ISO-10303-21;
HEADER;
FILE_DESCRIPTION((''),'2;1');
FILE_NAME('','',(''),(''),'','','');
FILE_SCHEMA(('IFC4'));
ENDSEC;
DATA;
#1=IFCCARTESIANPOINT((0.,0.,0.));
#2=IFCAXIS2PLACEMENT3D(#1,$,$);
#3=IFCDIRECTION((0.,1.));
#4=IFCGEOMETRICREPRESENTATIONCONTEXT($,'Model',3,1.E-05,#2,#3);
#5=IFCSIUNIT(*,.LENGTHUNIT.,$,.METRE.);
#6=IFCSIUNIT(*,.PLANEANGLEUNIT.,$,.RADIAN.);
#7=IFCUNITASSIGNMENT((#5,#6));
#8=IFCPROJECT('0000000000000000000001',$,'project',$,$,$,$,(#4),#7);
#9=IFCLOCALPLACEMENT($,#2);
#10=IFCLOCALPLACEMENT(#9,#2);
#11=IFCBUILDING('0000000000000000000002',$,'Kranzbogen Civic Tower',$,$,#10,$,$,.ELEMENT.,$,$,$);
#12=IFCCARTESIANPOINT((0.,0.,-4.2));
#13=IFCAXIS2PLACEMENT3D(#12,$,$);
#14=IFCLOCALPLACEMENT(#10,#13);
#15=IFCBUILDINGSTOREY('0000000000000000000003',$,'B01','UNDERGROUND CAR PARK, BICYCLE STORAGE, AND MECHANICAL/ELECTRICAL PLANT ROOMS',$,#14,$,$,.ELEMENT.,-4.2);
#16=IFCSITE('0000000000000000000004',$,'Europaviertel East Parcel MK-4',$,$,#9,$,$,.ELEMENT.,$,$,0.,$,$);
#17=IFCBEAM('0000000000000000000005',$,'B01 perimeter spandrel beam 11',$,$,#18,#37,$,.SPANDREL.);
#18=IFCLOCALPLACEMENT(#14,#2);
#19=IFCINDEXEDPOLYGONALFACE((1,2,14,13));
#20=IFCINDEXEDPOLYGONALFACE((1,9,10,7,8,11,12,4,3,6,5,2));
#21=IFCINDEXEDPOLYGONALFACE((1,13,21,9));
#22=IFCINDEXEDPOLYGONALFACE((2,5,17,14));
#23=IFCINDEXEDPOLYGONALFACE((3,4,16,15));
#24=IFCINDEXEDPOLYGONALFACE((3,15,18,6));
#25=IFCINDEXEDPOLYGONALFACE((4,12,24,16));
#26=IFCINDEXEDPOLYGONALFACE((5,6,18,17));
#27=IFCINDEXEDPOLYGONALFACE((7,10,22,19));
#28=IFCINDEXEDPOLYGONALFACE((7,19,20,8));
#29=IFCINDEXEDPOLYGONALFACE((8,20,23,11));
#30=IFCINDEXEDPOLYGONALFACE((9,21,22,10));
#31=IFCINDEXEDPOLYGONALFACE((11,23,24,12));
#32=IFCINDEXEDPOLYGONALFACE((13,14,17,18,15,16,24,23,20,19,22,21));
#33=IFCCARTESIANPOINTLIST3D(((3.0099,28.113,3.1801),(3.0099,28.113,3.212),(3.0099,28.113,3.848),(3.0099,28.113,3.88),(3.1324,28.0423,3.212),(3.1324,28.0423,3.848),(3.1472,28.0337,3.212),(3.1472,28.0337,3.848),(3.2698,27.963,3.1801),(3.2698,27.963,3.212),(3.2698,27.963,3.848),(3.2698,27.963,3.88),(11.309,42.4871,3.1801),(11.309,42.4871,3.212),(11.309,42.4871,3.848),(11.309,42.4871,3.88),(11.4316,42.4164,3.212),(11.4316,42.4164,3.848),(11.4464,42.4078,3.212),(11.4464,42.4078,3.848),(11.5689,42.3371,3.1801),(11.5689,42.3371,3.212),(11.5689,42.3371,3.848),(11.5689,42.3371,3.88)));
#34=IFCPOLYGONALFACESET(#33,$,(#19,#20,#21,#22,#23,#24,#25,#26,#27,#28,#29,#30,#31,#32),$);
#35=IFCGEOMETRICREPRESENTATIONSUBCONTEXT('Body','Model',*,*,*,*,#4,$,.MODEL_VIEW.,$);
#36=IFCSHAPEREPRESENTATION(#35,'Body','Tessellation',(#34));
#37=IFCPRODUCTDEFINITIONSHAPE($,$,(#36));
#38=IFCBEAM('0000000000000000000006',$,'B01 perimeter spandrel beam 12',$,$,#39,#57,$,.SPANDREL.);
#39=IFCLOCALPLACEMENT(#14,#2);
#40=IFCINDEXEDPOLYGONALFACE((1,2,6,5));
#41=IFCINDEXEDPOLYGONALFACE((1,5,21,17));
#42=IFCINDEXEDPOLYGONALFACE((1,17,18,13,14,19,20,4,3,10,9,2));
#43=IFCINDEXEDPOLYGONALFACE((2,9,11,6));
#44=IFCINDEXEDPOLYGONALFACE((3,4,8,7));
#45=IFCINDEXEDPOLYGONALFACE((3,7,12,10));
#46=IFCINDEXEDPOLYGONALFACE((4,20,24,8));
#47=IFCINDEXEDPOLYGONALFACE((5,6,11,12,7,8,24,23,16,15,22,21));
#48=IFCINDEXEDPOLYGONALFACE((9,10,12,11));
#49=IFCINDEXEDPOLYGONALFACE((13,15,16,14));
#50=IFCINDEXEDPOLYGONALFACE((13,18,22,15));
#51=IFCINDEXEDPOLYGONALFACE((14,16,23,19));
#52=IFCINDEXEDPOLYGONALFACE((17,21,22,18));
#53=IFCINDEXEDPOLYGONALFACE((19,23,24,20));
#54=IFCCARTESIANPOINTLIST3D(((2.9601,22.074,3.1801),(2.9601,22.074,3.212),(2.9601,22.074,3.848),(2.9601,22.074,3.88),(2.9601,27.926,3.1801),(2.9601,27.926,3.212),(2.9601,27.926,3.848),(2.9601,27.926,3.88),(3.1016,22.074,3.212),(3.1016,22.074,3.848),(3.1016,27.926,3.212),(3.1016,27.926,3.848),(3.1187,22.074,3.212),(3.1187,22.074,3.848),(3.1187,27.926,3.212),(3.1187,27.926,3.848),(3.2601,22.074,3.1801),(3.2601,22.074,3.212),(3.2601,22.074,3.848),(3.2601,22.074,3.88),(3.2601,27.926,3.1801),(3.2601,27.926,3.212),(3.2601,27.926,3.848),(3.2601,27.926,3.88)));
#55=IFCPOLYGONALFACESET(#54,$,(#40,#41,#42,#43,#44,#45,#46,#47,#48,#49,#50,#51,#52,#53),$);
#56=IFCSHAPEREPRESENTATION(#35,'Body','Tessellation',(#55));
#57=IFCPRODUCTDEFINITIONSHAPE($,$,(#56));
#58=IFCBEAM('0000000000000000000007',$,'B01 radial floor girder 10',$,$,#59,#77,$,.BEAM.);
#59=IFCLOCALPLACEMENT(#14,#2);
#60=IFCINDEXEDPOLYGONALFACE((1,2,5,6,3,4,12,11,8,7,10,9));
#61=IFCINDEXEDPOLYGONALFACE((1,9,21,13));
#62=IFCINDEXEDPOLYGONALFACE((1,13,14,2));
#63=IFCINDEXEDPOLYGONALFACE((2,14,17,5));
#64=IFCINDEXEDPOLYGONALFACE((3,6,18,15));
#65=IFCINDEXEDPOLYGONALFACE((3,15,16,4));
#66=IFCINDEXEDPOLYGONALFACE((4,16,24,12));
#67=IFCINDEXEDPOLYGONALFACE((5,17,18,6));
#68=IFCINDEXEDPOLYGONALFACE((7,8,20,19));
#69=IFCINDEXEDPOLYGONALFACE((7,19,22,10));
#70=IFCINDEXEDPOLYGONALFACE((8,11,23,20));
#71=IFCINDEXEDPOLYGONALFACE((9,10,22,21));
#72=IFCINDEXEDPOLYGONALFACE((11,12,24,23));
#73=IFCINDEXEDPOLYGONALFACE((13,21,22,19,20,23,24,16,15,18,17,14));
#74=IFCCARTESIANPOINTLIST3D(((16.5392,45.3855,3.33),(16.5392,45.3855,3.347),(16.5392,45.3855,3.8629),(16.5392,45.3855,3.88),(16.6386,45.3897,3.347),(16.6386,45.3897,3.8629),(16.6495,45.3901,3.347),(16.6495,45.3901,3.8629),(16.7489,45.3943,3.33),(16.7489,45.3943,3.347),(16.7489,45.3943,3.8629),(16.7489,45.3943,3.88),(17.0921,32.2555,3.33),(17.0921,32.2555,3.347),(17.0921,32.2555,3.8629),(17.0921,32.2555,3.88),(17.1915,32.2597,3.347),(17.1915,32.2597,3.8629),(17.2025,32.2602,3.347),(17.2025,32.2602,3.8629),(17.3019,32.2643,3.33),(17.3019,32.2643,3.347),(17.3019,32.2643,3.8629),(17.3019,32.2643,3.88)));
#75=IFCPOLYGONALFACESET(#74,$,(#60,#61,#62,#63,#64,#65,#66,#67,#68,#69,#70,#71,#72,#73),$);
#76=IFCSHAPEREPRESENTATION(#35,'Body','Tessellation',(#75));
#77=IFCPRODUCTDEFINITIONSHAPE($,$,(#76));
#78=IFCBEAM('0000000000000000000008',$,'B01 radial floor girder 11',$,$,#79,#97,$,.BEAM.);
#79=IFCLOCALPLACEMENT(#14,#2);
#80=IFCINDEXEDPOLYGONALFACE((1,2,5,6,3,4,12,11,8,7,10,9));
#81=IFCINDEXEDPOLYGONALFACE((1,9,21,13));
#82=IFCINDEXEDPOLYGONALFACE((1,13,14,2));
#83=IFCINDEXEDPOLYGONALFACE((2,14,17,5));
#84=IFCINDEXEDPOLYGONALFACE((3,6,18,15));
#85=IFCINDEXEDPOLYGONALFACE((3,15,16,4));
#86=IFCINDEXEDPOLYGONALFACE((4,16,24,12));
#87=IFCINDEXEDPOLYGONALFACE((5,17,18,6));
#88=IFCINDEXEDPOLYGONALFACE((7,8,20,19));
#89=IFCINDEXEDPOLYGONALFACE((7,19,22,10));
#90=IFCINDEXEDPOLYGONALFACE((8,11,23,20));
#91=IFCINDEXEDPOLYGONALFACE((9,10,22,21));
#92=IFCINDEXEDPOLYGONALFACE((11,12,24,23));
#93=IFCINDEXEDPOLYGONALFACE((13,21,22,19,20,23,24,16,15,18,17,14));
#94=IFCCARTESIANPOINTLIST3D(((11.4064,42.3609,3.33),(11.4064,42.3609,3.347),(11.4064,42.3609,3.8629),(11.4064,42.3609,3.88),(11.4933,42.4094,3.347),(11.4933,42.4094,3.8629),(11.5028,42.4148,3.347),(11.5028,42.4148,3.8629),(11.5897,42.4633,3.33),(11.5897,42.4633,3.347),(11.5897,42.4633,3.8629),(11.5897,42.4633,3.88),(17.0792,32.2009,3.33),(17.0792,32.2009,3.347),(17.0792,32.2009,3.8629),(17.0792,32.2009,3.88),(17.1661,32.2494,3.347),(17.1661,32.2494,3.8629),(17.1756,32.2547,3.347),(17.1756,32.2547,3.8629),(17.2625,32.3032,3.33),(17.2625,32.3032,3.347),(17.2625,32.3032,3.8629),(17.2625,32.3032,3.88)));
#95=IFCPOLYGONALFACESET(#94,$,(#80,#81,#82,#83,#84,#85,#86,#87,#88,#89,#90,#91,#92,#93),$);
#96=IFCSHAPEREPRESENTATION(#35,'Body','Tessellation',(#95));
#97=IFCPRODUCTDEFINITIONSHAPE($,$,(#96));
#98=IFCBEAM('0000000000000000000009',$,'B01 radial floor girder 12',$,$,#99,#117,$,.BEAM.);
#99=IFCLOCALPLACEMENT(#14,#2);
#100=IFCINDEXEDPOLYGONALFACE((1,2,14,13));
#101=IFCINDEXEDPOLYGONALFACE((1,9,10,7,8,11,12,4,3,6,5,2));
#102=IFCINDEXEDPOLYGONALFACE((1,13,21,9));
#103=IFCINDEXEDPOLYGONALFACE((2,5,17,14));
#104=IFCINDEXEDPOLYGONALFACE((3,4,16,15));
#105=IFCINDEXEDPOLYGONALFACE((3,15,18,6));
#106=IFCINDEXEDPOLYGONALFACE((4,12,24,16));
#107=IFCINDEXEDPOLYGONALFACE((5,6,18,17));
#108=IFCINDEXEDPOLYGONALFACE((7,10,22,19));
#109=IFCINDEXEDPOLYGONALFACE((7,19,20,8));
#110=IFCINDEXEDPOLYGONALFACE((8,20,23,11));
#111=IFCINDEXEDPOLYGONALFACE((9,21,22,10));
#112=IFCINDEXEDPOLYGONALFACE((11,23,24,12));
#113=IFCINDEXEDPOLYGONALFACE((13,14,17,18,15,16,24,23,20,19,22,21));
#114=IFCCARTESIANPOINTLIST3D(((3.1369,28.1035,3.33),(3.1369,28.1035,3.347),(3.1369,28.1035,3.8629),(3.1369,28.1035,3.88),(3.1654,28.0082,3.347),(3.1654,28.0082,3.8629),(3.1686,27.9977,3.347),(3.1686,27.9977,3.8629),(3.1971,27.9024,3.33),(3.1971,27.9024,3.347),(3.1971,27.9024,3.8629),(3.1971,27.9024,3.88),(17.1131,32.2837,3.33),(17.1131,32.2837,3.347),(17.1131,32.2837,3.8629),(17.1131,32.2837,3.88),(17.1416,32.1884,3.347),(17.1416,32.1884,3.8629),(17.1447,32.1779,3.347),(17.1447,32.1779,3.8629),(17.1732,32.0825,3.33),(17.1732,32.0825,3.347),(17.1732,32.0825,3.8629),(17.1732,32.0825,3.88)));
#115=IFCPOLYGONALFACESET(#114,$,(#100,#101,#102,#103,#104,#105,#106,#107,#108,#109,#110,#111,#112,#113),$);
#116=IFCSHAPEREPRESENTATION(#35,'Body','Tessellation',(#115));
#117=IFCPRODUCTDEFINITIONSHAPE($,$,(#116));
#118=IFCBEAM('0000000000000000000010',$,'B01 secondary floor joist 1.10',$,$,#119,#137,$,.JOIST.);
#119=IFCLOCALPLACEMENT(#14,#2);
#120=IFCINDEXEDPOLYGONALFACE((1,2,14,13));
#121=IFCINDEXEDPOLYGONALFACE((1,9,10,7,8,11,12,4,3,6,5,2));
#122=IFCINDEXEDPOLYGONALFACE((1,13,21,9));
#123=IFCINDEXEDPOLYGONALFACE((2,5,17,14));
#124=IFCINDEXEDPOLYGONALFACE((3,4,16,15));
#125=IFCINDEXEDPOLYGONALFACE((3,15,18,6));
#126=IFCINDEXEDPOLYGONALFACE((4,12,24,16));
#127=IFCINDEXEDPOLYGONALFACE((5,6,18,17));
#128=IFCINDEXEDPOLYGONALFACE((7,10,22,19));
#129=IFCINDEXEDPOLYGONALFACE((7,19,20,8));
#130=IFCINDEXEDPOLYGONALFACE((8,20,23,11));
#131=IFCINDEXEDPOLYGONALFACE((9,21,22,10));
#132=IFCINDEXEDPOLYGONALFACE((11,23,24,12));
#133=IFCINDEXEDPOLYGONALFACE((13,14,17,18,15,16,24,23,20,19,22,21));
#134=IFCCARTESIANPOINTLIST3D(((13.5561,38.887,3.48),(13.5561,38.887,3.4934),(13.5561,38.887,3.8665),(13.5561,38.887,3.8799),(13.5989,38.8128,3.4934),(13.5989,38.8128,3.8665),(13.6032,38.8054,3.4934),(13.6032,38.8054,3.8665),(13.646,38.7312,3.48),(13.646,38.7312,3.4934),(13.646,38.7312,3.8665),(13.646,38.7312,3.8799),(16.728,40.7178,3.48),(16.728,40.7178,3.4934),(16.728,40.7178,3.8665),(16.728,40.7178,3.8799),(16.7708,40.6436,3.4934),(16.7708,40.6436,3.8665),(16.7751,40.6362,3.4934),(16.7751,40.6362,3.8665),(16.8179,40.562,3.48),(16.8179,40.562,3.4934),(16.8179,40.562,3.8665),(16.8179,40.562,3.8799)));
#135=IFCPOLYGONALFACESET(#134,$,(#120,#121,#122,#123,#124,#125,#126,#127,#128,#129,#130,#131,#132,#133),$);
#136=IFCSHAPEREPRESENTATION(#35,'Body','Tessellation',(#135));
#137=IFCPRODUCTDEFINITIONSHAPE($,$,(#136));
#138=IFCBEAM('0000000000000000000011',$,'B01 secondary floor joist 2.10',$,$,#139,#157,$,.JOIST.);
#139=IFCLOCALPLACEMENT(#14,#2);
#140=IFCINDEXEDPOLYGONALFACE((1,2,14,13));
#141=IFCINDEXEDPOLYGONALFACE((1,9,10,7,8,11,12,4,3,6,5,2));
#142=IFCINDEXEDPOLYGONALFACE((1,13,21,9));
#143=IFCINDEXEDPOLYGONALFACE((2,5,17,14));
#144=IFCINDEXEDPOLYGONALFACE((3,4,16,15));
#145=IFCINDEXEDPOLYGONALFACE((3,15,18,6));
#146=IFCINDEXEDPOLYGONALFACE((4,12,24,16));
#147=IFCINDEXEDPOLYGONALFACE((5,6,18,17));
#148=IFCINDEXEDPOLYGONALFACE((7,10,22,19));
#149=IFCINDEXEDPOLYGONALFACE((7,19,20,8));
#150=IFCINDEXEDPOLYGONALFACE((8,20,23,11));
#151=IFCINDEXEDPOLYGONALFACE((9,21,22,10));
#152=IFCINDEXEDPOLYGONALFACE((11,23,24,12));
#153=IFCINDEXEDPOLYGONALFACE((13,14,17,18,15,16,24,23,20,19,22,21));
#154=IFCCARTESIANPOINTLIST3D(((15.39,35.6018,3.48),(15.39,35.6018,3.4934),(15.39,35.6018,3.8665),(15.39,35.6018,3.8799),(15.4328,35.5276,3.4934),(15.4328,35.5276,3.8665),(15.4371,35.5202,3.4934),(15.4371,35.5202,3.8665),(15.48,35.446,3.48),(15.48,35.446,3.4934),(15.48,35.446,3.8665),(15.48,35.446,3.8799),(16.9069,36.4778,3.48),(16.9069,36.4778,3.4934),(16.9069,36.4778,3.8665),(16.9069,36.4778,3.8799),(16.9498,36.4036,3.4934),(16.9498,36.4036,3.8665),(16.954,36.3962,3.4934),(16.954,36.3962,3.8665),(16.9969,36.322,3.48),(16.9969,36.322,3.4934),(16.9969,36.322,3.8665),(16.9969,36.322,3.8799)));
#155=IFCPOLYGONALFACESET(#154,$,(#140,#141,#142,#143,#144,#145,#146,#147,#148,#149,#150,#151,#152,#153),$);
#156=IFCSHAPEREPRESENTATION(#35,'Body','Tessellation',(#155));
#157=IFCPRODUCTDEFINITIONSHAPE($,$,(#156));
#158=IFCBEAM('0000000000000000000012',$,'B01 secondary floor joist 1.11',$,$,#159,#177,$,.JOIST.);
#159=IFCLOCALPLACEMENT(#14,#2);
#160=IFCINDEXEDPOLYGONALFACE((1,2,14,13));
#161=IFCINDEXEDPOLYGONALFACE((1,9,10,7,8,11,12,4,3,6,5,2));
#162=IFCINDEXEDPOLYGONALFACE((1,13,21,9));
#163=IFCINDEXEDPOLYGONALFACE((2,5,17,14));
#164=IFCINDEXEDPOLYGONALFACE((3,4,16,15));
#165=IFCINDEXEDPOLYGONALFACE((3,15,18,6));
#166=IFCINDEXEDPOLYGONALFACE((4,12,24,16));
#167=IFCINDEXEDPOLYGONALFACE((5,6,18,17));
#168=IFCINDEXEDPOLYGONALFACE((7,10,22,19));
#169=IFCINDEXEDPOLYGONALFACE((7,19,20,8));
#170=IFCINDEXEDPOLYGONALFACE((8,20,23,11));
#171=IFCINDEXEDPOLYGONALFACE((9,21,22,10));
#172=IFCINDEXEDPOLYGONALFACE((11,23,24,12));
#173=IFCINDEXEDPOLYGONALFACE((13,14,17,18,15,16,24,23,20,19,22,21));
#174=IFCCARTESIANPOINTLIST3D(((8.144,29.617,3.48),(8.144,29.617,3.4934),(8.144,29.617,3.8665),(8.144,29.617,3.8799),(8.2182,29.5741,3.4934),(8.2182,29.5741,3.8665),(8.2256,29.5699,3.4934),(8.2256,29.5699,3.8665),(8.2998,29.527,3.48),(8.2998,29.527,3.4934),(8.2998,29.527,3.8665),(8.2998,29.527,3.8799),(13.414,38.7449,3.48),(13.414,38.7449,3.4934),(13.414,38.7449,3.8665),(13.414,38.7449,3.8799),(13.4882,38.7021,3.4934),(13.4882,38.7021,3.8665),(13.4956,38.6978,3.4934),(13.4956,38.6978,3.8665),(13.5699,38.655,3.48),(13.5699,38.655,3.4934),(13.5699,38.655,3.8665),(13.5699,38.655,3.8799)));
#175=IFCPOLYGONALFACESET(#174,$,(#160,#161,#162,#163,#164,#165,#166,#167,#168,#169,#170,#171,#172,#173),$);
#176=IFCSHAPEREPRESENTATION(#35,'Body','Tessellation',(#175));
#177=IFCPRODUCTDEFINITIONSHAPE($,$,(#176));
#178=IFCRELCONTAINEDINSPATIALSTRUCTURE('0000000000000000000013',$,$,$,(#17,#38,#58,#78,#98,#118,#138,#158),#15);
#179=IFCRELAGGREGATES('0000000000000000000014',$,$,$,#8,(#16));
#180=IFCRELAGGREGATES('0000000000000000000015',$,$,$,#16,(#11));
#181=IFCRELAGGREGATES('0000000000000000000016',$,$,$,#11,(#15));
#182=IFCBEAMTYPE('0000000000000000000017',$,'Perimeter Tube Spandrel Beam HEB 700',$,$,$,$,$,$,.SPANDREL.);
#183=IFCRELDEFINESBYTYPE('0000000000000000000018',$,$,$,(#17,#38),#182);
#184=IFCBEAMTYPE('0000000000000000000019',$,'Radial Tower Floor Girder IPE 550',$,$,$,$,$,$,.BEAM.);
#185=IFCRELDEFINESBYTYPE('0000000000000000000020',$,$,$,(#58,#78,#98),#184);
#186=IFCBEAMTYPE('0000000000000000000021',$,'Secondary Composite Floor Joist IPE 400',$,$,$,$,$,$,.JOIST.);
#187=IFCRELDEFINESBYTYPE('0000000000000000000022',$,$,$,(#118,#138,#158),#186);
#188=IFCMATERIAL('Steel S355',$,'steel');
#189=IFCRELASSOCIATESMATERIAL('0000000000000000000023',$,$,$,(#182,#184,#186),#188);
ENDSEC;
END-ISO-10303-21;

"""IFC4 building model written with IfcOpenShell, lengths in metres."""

from ifc_helpers import new_model, si_unit, direction, frame, origin, origin_2d, place, context, subcontext, project, spatial, i_section, extrude, material, material_profile, profile_set, type_object, element, save


model = new_model("IFC4")

# Units and contexts
model_context = context("Model", 3, precision=1e-05, world=origin(), true_north=direction((0.0, 1.0)))
body_context = subcontext(model_context, "Body", "Model", "MODEL_VIEW")
ifc_project = project(units=[si_unit("LENGTHUNIT", "METRE"), si_unit("PLANEANGLEUNIT", "RADIAN")], contexts=[model_context])

# Site, building, storey
site_placement = place(None, origin())
site = spatial("IfcSite", under=ifc_project, at=site_placement, Name="Europaviertel East Parcel MK-4", CompositionType="ELEMENT", RefElevation=0.0)
building_placement = place(site_placement, origin())
building = spatial("IfcBuilding", under=site, at=building_placement, Name="Kranzbogen Civic Tower", CompositionType="ELEMENT")
storey_placement = place(building_placement, frame((0.0, 0.0, -4.2)))
storey = spatial("IfcBuildingStorey", under=building, at=storey_placement, Name="B01", Description="UNDERGROUND CAR PARK, BICYCLE STORAGE, AND MECHANICAL/ELECTRICAL PLANT ROOMS", CompositionType="ELEMENT", Elevation=-4.2)

# Beams
ifc_material_1 = material(Name="Steel S355", Category="steel")
ifc_material_profile_1 = material_profile(ifc_material_1, i_section(OverallWidth=0.3, OverallDepth=0.7, WebThickness=0.0171, FlangeThickness=0.032, at=origin_2d()), Name="HEB 700")
ifc_profile_set_1 = profile_set([ifc_material_profile_1], Name="Steel S355")
beam_type_1 = type_object("IfcBeamType", Name="Perimeter Tube Spandrel Beam HEB 700", PredefinedType="SPANDREL", material=ifc_profile_set_1)
beam_1_placement = place(storey_placement, frame((11.439, 42.4121, 3.53), z_axis=(-0.50001, -0.86602, 0.0), x_axis=(0.86602, -0.50001, 0.0)))
element("IfcBeam", 1, at=beam_1_placement, inside=storey, type_object=beam_type_1, Name="B01 perimeter spandrel beam 11", PredefinedType="SPANDREL", context=body_context, shape_type="SweptSolid", body=[
    extrude(i_section(OverallWidth=0.3, OverallDepth=0.7, WebThickness=0.0171, FlangeThickness=0.032, at=origin_2d()), origin(), (0.0, 0.0, 1.0), 16.5979),
])
beam_2_placement = place(storey_placement, frame((3.1101, 27.926, 3.53), z_axis=(0.0, -1.0, 0.0), x_axis=(1.0, 0.0, 0.0)))
element("IfcBeam", 2, at=beam_2_placement, inside=storey, type_object=beam_type_1, Name="B01 perimeter spandrel beam 12", PredefinedType="SPANDREL", context=body_context, shape_type="SweptSolid", body=[
    extrude(i_section(OverallWidth=0.3, OverallDepth=0.7, WebThickness=0.0171, FlangeThickness=0.032, at=origin_2d()), origin(), (0.0, 0.0, 1.0), 5.8521),
])
ifc_material_profile_2 = material_profile(ifc_material_1, i_section(OverallWidth=0.21, OverallDepth=0.55, WebThickness=0.011, FlangeThickness=0.0171, at=origin_2d()), Name="IPE 550")
ifc_profile_set_2 = profile_set([ifc_material_profile_2], Name="Steel S355")
beam_type_2 = type_object("IfcBeamType", Name="Radial Tower Floor Girder IPE 550", PredefinedType="BEAM", material=ifc_profile_set_2)
beam_3_placement = place(storey_placement, frame((16.644, 45.3899, 3.605), z_axis=(0.042079, -0.999114, 0.0), x_axis=(0.999114, 0.042079, 0.0)))
element("IfcBeam", 3, at=beam_3_placement, inside=storey, type_object=beam_type_2, Name="B01 radial floor girder 10", PredefinedType="BEAM", context=body_context, shape_type="SweptSolid", body=[
    extrude(i_section(OverallWidth=0.21, OverallDepth=0.55, WebThickness=0.011, FlangeThickness=0.0171, at=origin_2d()), origin(), (0.0, 0.0, 1.0), 13.1416),
])
beam_4_placement = place(storey_placement, frame((11.498, 42.4121, 3.605), z_axis=(0.487502, -0.873122, 0.0), x_axis=(0.873122, 0.487502, 0.0)))
element("IfcBeam", 4, at=beam_4_placement, inside=storey, type_object=beam_type_2, Name="B01 radial floor girder 11", PredefinedType="BEAM", context=body_context, shape_type="SweptSolid", body=[
    extrude(i_section(OverallWidth=0.21, OverallDepth=0.55, WebThickness=0.011, FlangeThickness=0.0171, at=origin_2d()), origin(), (0.0, 0.0, 1.0), 11.6365),
])
beam_5_placement = place(storey_placement, frame((3.167, 28.0029, 3.605), z_axis=(0.958065, 0.286552, 0.0), x_axis=(-0.286552, 0.958065, 0.0)))
element("IfcBeam", 5, at=beam_5_placement, inside=storey, type_object=beam_type_2, Name="B01 radial floor girder 12", PredefinedType="BEAM", context=body_context, shape_type="SweptSolid", body=[
    extrude(i_section(OverallWidth=0.21, OverallDepth=0.55, WebThickness=0.011, FlangeThickness=0.0171, at=origin_2d()), origin(), (0.0, 0.0, 1.0), 14.5879),
])
ifc_material_profile_3 = material_profile(ifc_material_1, i_section(OverallWidth=0.1799, OverallDepth=0.3999, WebThickness=0.0085, FlangeThickness=0.0134, at=origin_2d()), Name="IPE 400")
ifc_profile_set_3 = profile_set([ifc_material_profile_3], Name="Steel S355")
beam_type_3 = type_object("IfcBeamType", Name="Secondary Composite Floor Joist IPE 400", PredefinedType="JOIST", material=ifc_profile_set_3)
beam_6_placement = place(storey_placement, frame((16.7729, 40.6399, 3.6799), z_axis=(-0.866081, -0.499903, 0.0), x_axis=(0.499903, -0.866081, 0.0)))
element("IfcBeam", 6, at=beam_6_placement, inside=storey, type_object=beam_type_3, Name="B01 secondary floor joist 1.10", PredefinedType="JOIST", context=body_context, shape_type="SweptSolid", body=[
    extrude(i_section(OverallWidth=0.1799, OverallDepth=0.3999, WebThickness=0.0085, FlangeThickness=0.0134, at=origin_2d()), origin(), (0.0, 0.0, 1.0), 3.6624),
])
beam_7_placement = place(storey_placement, frame((16.9519, 36.3999, 3.6799), z_axis=(-0.86597, -0.500096, 0.0), x_axis=(0.500096, -0.86597, 0.0)))
element("IfcBeam", 7, at=beam_7_placement, inside=storey, type_object=beam_type_3, Name="B01 secondary floor joist 2.10", PredefinedType="JOIST", context=body_context, shape_type="SweptSolid", body=[
    extrude(i_section(OverallWidth=0.1799, OverallDepth=0.3999, WebThickness=0.0085, FlangeThickness=0.0134, at=origin_2d()), origin(), (0.0, 0.0, 1.0), 1.7517),
])
beam_8_placement = place(storey_placement, frame((13.4919, 38.7, 3.6799), z_axis=(-0.5, -0.866025, 0.0), x_axis=(0.866025, -0.5, 0.0)))
element("IfcBeam", 8, at=beam_8_placement, inside=storey, type_object=beam_type_3, Name="B01 secondary floor joist 1.11", PredefinedType="JOIST", context=body_context, shape_type="SweptSolid", body=[
    extrude(i_section(OverallWidth=0.1799, OverallDepth=0.3999, WebThickness=0.0085, FlangeThickness=0.0134, at=origin_2d()), origin(), (0.0, 0.0, 1.0), 10.54),
])

save(model, "model.ifc")
